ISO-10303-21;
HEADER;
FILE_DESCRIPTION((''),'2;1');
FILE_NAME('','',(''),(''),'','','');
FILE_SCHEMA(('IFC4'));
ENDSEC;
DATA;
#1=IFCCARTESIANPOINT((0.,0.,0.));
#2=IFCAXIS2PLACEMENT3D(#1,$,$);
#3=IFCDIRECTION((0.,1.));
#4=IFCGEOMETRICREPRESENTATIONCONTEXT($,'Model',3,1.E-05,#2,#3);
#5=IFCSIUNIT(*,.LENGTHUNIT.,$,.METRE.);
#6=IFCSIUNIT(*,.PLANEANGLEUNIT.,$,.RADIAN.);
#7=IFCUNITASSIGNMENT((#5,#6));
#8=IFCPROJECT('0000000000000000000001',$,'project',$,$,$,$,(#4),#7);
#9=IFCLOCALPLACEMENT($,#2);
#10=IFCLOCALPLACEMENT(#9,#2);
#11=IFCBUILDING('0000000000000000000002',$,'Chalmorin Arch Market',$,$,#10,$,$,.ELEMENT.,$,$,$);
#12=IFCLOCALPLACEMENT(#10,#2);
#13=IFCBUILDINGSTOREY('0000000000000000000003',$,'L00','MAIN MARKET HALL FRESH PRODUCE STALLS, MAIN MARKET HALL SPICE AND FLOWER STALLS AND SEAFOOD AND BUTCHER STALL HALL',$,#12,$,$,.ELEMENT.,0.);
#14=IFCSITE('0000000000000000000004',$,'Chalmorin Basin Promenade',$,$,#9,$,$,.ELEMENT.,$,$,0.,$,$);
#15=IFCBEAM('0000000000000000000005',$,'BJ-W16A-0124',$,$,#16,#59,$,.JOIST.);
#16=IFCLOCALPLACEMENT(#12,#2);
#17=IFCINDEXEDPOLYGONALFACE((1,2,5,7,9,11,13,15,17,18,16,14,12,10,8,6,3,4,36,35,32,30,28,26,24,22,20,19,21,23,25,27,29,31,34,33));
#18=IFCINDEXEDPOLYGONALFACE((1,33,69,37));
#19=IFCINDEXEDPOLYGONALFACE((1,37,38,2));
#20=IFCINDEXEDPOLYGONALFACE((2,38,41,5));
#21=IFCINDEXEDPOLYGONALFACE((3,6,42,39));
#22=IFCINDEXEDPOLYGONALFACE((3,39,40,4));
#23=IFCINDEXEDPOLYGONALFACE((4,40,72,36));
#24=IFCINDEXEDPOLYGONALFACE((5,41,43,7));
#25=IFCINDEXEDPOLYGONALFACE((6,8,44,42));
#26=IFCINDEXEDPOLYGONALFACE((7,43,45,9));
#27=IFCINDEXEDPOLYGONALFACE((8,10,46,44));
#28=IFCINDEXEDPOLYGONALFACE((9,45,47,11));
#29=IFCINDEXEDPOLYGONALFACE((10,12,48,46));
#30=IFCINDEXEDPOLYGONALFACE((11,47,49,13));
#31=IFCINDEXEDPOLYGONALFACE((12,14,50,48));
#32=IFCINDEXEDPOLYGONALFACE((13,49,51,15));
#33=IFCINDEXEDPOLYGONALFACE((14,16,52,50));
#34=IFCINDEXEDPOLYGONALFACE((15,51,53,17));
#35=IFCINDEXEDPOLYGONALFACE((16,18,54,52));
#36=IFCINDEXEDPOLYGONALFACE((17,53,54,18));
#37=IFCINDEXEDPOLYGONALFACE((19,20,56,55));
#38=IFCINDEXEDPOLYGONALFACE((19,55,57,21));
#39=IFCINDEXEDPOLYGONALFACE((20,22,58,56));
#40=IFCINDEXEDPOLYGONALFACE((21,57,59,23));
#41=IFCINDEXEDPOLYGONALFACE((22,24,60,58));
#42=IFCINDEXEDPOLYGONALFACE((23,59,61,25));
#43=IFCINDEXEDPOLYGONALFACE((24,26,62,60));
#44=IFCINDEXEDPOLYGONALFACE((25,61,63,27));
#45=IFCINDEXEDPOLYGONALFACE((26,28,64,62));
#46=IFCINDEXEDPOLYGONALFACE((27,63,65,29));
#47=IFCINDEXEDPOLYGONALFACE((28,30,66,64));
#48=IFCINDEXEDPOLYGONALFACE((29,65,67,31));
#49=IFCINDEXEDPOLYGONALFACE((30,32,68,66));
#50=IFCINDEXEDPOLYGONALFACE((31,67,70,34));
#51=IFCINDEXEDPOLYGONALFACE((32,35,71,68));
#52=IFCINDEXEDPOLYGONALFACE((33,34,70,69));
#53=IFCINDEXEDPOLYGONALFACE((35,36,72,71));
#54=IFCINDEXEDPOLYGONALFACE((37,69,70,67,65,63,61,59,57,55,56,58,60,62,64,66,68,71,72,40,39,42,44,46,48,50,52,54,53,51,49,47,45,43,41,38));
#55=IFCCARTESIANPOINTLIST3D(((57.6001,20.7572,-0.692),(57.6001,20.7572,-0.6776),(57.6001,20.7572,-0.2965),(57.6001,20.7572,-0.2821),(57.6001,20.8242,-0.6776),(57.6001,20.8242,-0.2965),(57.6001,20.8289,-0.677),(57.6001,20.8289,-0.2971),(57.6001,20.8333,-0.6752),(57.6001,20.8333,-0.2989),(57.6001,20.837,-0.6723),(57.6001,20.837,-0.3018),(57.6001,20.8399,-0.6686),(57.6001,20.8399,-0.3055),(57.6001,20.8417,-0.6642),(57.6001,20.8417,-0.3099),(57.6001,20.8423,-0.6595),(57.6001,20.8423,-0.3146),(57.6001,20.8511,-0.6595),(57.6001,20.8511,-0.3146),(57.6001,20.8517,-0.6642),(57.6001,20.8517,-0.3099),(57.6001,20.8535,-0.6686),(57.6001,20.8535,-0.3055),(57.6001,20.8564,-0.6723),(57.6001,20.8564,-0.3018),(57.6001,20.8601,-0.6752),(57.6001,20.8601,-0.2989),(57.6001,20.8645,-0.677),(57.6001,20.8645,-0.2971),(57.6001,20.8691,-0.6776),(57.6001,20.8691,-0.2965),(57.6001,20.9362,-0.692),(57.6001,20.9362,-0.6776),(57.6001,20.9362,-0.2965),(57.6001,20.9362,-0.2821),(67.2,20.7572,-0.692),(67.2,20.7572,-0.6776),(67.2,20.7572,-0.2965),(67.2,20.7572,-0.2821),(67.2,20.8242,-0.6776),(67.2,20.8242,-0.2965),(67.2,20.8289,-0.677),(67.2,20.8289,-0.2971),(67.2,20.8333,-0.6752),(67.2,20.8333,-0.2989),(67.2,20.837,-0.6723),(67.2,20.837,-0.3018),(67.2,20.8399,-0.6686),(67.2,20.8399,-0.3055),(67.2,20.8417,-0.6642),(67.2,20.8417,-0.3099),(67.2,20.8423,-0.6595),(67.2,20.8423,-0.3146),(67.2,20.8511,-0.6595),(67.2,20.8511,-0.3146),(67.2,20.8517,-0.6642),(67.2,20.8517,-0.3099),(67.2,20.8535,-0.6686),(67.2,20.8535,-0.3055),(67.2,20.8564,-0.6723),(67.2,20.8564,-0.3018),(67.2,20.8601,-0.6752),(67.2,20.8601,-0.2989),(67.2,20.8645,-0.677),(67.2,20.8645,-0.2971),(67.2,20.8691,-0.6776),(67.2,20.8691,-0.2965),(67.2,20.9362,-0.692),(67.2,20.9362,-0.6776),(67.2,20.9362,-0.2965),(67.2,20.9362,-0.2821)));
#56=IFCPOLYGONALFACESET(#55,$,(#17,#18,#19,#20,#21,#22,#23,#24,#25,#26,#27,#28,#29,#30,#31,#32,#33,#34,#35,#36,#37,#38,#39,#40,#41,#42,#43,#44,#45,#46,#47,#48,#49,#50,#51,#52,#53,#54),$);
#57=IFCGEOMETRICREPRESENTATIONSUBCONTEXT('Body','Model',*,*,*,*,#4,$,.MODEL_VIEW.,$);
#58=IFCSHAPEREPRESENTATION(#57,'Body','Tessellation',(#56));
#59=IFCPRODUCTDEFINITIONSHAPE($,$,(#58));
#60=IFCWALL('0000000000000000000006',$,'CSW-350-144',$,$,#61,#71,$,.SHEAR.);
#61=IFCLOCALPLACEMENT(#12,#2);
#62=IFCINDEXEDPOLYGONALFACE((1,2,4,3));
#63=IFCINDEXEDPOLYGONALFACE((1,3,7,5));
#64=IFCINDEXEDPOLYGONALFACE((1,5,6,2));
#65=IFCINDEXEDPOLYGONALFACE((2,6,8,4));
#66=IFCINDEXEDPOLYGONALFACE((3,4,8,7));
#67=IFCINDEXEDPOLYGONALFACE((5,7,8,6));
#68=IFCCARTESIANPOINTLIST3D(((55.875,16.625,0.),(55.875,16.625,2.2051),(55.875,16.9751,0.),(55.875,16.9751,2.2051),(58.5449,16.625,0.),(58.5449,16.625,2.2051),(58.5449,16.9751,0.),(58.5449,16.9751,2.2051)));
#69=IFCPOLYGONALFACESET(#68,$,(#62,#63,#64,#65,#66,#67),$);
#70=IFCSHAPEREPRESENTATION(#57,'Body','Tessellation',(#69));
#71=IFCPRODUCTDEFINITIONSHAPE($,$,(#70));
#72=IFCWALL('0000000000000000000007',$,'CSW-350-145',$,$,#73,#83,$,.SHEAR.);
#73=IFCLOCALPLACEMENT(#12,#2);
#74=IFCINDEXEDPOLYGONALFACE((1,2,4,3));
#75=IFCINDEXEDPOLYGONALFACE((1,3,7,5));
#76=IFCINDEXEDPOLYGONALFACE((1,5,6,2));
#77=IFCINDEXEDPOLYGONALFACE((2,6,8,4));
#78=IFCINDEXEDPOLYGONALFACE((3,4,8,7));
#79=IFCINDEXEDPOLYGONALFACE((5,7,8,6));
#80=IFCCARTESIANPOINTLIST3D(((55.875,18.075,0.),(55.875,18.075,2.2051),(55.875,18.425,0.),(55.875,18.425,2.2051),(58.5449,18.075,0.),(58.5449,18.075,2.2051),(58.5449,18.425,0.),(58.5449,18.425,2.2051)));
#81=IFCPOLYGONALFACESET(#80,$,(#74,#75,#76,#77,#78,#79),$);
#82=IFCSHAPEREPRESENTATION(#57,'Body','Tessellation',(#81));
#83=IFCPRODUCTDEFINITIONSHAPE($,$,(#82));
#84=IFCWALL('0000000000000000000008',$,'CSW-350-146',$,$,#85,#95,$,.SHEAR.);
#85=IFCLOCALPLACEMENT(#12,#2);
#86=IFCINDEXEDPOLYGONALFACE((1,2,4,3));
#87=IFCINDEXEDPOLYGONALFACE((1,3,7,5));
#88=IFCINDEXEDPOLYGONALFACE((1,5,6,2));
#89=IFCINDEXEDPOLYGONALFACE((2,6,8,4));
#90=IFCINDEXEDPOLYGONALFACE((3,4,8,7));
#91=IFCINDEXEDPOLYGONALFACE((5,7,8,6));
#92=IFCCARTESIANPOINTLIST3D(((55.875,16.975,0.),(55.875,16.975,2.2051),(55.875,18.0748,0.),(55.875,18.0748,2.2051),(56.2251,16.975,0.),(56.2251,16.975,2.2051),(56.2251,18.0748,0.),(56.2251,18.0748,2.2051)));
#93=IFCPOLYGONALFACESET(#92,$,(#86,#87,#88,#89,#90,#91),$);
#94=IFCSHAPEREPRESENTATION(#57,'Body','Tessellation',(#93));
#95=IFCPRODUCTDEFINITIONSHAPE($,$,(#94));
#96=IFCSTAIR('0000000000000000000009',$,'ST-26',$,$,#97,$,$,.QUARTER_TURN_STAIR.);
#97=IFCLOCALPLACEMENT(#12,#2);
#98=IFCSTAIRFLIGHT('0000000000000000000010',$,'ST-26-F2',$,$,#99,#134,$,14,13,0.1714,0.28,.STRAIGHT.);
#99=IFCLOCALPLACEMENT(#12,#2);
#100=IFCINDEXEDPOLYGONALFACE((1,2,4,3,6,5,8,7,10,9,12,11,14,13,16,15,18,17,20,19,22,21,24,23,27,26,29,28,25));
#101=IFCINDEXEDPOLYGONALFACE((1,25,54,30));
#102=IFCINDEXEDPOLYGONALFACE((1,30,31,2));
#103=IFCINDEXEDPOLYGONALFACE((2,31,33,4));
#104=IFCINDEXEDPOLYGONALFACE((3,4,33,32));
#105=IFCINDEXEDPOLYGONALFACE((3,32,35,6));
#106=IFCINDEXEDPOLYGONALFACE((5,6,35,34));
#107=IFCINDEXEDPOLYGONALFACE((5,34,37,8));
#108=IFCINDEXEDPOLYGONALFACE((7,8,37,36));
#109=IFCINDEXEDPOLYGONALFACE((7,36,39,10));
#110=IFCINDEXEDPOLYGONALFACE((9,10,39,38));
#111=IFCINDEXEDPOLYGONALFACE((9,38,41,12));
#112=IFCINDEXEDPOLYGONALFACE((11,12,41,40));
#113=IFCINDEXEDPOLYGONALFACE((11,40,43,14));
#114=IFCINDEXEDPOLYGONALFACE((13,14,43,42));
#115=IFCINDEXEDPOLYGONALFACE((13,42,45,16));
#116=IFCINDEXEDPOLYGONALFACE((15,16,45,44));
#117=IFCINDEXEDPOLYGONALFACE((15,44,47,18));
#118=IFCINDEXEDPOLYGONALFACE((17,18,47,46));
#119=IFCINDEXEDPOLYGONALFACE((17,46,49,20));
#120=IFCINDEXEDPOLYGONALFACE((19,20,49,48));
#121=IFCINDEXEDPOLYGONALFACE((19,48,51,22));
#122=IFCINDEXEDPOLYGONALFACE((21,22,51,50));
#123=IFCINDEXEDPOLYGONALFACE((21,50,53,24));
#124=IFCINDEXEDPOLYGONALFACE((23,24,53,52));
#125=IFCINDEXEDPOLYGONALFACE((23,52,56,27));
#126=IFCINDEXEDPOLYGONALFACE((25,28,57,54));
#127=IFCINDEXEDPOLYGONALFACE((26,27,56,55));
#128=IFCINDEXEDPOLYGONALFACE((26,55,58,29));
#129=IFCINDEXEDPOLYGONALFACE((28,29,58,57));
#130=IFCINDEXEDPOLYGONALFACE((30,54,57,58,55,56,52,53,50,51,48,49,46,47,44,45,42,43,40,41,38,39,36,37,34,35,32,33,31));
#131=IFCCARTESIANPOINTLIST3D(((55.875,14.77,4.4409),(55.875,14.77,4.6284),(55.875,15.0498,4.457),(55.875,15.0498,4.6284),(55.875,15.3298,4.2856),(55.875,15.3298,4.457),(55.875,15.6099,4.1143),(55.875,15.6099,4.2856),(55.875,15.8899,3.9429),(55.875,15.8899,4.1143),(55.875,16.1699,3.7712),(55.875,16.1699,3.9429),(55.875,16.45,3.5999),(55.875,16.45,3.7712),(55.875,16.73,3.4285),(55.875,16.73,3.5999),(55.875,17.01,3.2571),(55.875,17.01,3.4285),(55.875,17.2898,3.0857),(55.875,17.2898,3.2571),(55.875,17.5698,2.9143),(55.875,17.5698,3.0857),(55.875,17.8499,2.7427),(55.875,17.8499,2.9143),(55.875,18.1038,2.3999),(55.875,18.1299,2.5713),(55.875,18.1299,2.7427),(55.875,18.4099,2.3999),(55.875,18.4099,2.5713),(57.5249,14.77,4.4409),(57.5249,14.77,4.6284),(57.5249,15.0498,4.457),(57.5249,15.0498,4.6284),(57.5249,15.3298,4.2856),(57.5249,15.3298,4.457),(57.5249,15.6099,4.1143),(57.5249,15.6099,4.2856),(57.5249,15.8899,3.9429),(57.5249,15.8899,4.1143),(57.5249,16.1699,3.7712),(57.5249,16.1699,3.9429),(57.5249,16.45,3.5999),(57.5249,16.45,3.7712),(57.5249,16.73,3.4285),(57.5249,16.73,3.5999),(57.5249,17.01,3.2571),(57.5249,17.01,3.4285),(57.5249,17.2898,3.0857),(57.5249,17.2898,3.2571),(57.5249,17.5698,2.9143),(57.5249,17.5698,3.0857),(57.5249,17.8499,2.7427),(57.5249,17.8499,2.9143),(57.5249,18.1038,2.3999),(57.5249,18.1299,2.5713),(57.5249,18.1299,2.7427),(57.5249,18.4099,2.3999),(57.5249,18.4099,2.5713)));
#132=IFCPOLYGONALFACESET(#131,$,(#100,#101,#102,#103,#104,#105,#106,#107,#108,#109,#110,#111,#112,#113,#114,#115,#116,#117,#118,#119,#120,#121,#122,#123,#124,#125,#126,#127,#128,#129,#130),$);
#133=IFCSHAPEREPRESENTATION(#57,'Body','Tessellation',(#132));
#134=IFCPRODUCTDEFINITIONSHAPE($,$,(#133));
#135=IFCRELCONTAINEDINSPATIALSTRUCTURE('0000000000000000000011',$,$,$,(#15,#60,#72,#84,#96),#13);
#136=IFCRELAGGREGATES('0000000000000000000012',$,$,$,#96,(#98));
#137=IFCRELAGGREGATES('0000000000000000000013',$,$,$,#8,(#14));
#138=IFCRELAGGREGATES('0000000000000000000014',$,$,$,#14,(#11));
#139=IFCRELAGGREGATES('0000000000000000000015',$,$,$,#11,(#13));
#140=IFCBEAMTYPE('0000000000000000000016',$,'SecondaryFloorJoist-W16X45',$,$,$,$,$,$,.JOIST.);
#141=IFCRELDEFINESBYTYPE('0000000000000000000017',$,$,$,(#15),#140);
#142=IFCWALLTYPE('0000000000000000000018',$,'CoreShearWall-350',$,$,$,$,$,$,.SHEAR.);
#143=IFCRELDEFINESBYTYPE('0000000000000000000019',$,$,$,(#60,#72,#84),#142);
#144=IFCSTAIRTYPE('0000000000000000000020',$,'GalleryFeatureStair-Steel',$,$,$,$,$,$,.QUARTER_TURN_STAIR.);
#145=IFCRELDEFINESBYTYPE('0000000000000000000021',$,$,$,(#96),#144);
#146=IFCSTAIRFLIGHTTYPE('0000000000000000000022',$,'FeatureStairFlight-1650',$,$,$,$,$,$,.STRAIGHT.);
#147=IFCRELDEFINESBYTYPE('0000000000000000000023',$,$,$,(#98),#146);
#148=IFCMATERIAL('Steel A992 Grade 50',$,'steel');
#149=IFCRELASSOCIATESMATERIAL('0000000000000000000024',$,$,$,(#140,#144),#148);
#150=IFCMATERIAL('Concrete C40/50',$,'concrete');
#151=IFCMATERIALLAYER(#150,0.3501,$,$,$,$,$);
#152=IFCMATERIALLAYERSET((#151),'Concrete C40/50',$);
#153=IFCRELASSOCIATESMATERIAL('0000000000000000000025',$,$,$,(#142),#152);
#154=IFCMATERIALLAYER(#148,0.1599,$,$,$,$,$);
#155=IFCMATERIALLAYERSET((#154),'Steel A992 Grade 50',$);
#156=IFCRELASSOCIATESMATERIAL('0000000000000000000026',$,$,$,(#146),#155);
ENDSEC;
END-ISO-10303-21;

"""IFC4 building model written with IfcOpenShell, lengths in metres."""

from ifc_helpers import new_model, si_unit, direction, frame, frame_2d, origin, origin_2d, place, context, subcontext, project, spatial, polyline, rectangle, i_section, outline, extrude, material, layer, layer_set, material_profile, profile_set, type_object, element, aggregate, save


model = new_model("IFC4")

# Units and contexts
model_context = context("Model", 3, precision=1e-05, world=origin(), true_north=direction((0.0, 1.0)))
body_context = subcontext(model_context, "Body", "Model", "MODEL_VIEW")
ifc_project = project(units=[si_unit("LENGTHUNIT", "METRE"), si_unit("PLANEANGLEUNIT", "RADIAN")], contexts=[model_context])

# Site, building, storey
site_placement = place(None, origin())
site = spatial("IfcSite", under=ifc_project, at=site_placement, Name="Chalmorin Basin Promenade", CompositionType="ELEMENT", RefElevation=0.0)
building_placement = place(site_placement, origin())
building = spatial("IfcBuilding", under=site, at=building_placement, Name="Chalmorin Arch Market", CompositionType="ELEMENT")
storey_placement = place(building_placement, origin())
storey = spatial("IfcBuildingStorey", under=building, at=storey_placement, Name="L00", Description="MAIN MARKET HALL FRESH PRODUCE STALLS, MAIN MARKET HALL SPICE AND FLOWER STALLS AND SEAFOOD AND BUTCHER STALL HALL", CompositionType="ELEMENT", Elevation=0.0)

# Shared definitions
ifc_material_1 = material(Name="Steel A992 Grade 50", Category="steel")

# Beam
ifc_material_2 = material(Name="Concrete C40/50", Category="concrete")
ifc_material_profile_1 = material_profile(ifc_material_1, i_section(OverallWidth=0.179, OverallDepth=0.4099, WebThickness=0.0088, FlangeThickness=0.0144, FilletRadius=0.0181, at=origin_2d()), Name="W16X45")
ifc_profile_set_1 = profile_set([ifc_material_profile_1], Name="Steel A992 Grade 50")
beam_type_1 = type_object("IfcBeamType", Name="SecondaryFloorJoist-W16X45", PredefinedType="JOIST", material=ifc_profile_set_1)
for number, where, z_axis, x_axis, name in (
    (1, (57.6001, 20.8467, -0.4871), (1.0, 0.0, 0.0), (0.0, 1.0, 0.0), "BJ-W16A-0124"),
):
    element("IfcBeam", number, at=place(storey_placement, frame(where, z_axis=z_axis, x_axis=x_axis)), inside=storey, type_object=beam_type_1, Name=name, PredefinedType="JOIST", context=body_context, shape_type="SweptSolid", body=[
        extrude(i_section(OverallWidth=0.179, OverallDepth=0.4099, WebThickness=0.0088, FlangeThickness=0.0144, FilletRadius=0.0181, at=origin_2d()), origin(), (0.0, 0.0, 1.0), 9.5999),
    ])

# Walls
ifc_layer_1 = layer(ifc_material_2, 0.3501)
ifc_layer_set_1 = layer_set([ifc_layer_1], Name="Concrete C40/50")
wall_type_1 = type_object("IfcWallType", Name="CoreShearWall-350", PredefinedType="SHEAR", material=ifc_layer_set_1)
for number, where, z_axis, x_axis, name in (
    (2, (55.875, 16.8, 0.0), (0.0, 0.0, 1.0), (1.0, 0.0, 0.0), "CSW-350-144"),
    (3, (55.875, 18.25, 0.0), (0.0, 0.0, 1.0), (1.0, 0.0, 0.0), "CSW-350-145"),
):
    element("IfcWall", number, at=place(storey_placement, frame(where, z_axis=z_axis, x_axis=x_axis)), inside=storey, type_object=wall_type_1, Name=name, PredefinedType="SHEAR", context=body_context, shape_type="SweptSolid", body=[
        extrude(rectangle(XDim=2.6699, YDim=0.3501, at=frame_2d((1.335, 0.0))), origin(), (0.0, 0.0, 1.0), 2.2051),
    ])
wall_1_placement = place(storey_placement, frame((56.05, 16.9751, 0.0), z_axis=(0.0, 0.0, 1.0), x_axis=(0.0, 1.0, 0.0)))
element("IfcWall", 4, at=wall_1_placement, inside=storey, type_object=wall_type_1, Name="CSW-350-146", PredefinedType="SHEAR", context=body_context, shape_type="SweptSolid", body=[
    extrude(rectangle(XDim=1.0999, YDim=0.3501, at=frame_2d((0.5498, 0.0))), origin(), (0.0, 0.0, 1.0), 2.2051),
])

# Stair, stair flight
stair_type = type_object("IfcStairType", Name="GalleryFeatureStair-Steel", PredefinedType="QUARTER_TURN_STAIR", material=ifc_material_1)
stair_placement = place(storey_placement, origin())
stair = element("IfcStair", 5, at=stair_placement, inside=storey, type_object=stair_type, Name="ST-26", PredefinedType="QUARTER_TURN_STAIR")
ifc_layer_2 = layer(ifc_material_1, 0.1599)
ifc_layer_set_2 = layer_set([ifc_layer_2], Name="Steel A992 Grade 50")
stair_flight_type = type_object("IfcStairFlightType", Name="FeatureStairFlight-1650", PredefinedType="STRAIGHT", material=ifc_layer_set_2)
stair_flight_placement = place(storey_placement, frame((56.7, 18.4099, 2.3999), z_axis=(0.0, 0.0, 1.0), x_axis=(0.0, -1.0, 0.0)))
stair_flight = element("IfcStairFlight", 6, at=stair_flight_placement, type_object=stair_flight_type, Name="ST-26-F2", NumberOfRisers=14, NumberOfTreads=13, PredefinedType="STRAIGHT", RiserHeight=0.1714, TreadLength=0.28, context=body_context, shape_type="SweptSolid", body=[
    extrude(outline(polyline([(0.0, 0.0), (0.0, 0.1714), (0.28, 0.1714), (0.28, 0.3428), (0.5601, 0.3428), (0.5601, 0.5144), (0.8401, 0.5144), (0.8401, 0.6858), (1.1201, 0.6858), (1.1201, 0.8572), (1.3999, 0.8572), (1.3999, 1.0286), (1.6799, 1.0286), (1.6799, 1.2), (1.96, 1.2), (1.96, 1.3713), (2.24, 1.3713), (2.24, 1.543), (2.52, 1.543), (2.52, 1.7144), (2.8, 1.7144), (2.8, 1.8857), (3.0801, 1.8857), (3.0801, 2.0571), (3.3601, 2.0571), (3.3601, 2.2285), (3.6399, 2.2285), (3.6399, 2.3999), (3.6399, 2.041), (0.3062, 0.0), (0.0, 0.0)])), frame((0.0, 0.825, 0.0), z_axis=(0.0, -1.0, 0.0), x_axis=(1.0, 0.0, 0.0)), (0.0, 0.0, 1.0), 1.6499),
])
aggregate(stair, [stair_flight])

save(model, "model.ifc")
